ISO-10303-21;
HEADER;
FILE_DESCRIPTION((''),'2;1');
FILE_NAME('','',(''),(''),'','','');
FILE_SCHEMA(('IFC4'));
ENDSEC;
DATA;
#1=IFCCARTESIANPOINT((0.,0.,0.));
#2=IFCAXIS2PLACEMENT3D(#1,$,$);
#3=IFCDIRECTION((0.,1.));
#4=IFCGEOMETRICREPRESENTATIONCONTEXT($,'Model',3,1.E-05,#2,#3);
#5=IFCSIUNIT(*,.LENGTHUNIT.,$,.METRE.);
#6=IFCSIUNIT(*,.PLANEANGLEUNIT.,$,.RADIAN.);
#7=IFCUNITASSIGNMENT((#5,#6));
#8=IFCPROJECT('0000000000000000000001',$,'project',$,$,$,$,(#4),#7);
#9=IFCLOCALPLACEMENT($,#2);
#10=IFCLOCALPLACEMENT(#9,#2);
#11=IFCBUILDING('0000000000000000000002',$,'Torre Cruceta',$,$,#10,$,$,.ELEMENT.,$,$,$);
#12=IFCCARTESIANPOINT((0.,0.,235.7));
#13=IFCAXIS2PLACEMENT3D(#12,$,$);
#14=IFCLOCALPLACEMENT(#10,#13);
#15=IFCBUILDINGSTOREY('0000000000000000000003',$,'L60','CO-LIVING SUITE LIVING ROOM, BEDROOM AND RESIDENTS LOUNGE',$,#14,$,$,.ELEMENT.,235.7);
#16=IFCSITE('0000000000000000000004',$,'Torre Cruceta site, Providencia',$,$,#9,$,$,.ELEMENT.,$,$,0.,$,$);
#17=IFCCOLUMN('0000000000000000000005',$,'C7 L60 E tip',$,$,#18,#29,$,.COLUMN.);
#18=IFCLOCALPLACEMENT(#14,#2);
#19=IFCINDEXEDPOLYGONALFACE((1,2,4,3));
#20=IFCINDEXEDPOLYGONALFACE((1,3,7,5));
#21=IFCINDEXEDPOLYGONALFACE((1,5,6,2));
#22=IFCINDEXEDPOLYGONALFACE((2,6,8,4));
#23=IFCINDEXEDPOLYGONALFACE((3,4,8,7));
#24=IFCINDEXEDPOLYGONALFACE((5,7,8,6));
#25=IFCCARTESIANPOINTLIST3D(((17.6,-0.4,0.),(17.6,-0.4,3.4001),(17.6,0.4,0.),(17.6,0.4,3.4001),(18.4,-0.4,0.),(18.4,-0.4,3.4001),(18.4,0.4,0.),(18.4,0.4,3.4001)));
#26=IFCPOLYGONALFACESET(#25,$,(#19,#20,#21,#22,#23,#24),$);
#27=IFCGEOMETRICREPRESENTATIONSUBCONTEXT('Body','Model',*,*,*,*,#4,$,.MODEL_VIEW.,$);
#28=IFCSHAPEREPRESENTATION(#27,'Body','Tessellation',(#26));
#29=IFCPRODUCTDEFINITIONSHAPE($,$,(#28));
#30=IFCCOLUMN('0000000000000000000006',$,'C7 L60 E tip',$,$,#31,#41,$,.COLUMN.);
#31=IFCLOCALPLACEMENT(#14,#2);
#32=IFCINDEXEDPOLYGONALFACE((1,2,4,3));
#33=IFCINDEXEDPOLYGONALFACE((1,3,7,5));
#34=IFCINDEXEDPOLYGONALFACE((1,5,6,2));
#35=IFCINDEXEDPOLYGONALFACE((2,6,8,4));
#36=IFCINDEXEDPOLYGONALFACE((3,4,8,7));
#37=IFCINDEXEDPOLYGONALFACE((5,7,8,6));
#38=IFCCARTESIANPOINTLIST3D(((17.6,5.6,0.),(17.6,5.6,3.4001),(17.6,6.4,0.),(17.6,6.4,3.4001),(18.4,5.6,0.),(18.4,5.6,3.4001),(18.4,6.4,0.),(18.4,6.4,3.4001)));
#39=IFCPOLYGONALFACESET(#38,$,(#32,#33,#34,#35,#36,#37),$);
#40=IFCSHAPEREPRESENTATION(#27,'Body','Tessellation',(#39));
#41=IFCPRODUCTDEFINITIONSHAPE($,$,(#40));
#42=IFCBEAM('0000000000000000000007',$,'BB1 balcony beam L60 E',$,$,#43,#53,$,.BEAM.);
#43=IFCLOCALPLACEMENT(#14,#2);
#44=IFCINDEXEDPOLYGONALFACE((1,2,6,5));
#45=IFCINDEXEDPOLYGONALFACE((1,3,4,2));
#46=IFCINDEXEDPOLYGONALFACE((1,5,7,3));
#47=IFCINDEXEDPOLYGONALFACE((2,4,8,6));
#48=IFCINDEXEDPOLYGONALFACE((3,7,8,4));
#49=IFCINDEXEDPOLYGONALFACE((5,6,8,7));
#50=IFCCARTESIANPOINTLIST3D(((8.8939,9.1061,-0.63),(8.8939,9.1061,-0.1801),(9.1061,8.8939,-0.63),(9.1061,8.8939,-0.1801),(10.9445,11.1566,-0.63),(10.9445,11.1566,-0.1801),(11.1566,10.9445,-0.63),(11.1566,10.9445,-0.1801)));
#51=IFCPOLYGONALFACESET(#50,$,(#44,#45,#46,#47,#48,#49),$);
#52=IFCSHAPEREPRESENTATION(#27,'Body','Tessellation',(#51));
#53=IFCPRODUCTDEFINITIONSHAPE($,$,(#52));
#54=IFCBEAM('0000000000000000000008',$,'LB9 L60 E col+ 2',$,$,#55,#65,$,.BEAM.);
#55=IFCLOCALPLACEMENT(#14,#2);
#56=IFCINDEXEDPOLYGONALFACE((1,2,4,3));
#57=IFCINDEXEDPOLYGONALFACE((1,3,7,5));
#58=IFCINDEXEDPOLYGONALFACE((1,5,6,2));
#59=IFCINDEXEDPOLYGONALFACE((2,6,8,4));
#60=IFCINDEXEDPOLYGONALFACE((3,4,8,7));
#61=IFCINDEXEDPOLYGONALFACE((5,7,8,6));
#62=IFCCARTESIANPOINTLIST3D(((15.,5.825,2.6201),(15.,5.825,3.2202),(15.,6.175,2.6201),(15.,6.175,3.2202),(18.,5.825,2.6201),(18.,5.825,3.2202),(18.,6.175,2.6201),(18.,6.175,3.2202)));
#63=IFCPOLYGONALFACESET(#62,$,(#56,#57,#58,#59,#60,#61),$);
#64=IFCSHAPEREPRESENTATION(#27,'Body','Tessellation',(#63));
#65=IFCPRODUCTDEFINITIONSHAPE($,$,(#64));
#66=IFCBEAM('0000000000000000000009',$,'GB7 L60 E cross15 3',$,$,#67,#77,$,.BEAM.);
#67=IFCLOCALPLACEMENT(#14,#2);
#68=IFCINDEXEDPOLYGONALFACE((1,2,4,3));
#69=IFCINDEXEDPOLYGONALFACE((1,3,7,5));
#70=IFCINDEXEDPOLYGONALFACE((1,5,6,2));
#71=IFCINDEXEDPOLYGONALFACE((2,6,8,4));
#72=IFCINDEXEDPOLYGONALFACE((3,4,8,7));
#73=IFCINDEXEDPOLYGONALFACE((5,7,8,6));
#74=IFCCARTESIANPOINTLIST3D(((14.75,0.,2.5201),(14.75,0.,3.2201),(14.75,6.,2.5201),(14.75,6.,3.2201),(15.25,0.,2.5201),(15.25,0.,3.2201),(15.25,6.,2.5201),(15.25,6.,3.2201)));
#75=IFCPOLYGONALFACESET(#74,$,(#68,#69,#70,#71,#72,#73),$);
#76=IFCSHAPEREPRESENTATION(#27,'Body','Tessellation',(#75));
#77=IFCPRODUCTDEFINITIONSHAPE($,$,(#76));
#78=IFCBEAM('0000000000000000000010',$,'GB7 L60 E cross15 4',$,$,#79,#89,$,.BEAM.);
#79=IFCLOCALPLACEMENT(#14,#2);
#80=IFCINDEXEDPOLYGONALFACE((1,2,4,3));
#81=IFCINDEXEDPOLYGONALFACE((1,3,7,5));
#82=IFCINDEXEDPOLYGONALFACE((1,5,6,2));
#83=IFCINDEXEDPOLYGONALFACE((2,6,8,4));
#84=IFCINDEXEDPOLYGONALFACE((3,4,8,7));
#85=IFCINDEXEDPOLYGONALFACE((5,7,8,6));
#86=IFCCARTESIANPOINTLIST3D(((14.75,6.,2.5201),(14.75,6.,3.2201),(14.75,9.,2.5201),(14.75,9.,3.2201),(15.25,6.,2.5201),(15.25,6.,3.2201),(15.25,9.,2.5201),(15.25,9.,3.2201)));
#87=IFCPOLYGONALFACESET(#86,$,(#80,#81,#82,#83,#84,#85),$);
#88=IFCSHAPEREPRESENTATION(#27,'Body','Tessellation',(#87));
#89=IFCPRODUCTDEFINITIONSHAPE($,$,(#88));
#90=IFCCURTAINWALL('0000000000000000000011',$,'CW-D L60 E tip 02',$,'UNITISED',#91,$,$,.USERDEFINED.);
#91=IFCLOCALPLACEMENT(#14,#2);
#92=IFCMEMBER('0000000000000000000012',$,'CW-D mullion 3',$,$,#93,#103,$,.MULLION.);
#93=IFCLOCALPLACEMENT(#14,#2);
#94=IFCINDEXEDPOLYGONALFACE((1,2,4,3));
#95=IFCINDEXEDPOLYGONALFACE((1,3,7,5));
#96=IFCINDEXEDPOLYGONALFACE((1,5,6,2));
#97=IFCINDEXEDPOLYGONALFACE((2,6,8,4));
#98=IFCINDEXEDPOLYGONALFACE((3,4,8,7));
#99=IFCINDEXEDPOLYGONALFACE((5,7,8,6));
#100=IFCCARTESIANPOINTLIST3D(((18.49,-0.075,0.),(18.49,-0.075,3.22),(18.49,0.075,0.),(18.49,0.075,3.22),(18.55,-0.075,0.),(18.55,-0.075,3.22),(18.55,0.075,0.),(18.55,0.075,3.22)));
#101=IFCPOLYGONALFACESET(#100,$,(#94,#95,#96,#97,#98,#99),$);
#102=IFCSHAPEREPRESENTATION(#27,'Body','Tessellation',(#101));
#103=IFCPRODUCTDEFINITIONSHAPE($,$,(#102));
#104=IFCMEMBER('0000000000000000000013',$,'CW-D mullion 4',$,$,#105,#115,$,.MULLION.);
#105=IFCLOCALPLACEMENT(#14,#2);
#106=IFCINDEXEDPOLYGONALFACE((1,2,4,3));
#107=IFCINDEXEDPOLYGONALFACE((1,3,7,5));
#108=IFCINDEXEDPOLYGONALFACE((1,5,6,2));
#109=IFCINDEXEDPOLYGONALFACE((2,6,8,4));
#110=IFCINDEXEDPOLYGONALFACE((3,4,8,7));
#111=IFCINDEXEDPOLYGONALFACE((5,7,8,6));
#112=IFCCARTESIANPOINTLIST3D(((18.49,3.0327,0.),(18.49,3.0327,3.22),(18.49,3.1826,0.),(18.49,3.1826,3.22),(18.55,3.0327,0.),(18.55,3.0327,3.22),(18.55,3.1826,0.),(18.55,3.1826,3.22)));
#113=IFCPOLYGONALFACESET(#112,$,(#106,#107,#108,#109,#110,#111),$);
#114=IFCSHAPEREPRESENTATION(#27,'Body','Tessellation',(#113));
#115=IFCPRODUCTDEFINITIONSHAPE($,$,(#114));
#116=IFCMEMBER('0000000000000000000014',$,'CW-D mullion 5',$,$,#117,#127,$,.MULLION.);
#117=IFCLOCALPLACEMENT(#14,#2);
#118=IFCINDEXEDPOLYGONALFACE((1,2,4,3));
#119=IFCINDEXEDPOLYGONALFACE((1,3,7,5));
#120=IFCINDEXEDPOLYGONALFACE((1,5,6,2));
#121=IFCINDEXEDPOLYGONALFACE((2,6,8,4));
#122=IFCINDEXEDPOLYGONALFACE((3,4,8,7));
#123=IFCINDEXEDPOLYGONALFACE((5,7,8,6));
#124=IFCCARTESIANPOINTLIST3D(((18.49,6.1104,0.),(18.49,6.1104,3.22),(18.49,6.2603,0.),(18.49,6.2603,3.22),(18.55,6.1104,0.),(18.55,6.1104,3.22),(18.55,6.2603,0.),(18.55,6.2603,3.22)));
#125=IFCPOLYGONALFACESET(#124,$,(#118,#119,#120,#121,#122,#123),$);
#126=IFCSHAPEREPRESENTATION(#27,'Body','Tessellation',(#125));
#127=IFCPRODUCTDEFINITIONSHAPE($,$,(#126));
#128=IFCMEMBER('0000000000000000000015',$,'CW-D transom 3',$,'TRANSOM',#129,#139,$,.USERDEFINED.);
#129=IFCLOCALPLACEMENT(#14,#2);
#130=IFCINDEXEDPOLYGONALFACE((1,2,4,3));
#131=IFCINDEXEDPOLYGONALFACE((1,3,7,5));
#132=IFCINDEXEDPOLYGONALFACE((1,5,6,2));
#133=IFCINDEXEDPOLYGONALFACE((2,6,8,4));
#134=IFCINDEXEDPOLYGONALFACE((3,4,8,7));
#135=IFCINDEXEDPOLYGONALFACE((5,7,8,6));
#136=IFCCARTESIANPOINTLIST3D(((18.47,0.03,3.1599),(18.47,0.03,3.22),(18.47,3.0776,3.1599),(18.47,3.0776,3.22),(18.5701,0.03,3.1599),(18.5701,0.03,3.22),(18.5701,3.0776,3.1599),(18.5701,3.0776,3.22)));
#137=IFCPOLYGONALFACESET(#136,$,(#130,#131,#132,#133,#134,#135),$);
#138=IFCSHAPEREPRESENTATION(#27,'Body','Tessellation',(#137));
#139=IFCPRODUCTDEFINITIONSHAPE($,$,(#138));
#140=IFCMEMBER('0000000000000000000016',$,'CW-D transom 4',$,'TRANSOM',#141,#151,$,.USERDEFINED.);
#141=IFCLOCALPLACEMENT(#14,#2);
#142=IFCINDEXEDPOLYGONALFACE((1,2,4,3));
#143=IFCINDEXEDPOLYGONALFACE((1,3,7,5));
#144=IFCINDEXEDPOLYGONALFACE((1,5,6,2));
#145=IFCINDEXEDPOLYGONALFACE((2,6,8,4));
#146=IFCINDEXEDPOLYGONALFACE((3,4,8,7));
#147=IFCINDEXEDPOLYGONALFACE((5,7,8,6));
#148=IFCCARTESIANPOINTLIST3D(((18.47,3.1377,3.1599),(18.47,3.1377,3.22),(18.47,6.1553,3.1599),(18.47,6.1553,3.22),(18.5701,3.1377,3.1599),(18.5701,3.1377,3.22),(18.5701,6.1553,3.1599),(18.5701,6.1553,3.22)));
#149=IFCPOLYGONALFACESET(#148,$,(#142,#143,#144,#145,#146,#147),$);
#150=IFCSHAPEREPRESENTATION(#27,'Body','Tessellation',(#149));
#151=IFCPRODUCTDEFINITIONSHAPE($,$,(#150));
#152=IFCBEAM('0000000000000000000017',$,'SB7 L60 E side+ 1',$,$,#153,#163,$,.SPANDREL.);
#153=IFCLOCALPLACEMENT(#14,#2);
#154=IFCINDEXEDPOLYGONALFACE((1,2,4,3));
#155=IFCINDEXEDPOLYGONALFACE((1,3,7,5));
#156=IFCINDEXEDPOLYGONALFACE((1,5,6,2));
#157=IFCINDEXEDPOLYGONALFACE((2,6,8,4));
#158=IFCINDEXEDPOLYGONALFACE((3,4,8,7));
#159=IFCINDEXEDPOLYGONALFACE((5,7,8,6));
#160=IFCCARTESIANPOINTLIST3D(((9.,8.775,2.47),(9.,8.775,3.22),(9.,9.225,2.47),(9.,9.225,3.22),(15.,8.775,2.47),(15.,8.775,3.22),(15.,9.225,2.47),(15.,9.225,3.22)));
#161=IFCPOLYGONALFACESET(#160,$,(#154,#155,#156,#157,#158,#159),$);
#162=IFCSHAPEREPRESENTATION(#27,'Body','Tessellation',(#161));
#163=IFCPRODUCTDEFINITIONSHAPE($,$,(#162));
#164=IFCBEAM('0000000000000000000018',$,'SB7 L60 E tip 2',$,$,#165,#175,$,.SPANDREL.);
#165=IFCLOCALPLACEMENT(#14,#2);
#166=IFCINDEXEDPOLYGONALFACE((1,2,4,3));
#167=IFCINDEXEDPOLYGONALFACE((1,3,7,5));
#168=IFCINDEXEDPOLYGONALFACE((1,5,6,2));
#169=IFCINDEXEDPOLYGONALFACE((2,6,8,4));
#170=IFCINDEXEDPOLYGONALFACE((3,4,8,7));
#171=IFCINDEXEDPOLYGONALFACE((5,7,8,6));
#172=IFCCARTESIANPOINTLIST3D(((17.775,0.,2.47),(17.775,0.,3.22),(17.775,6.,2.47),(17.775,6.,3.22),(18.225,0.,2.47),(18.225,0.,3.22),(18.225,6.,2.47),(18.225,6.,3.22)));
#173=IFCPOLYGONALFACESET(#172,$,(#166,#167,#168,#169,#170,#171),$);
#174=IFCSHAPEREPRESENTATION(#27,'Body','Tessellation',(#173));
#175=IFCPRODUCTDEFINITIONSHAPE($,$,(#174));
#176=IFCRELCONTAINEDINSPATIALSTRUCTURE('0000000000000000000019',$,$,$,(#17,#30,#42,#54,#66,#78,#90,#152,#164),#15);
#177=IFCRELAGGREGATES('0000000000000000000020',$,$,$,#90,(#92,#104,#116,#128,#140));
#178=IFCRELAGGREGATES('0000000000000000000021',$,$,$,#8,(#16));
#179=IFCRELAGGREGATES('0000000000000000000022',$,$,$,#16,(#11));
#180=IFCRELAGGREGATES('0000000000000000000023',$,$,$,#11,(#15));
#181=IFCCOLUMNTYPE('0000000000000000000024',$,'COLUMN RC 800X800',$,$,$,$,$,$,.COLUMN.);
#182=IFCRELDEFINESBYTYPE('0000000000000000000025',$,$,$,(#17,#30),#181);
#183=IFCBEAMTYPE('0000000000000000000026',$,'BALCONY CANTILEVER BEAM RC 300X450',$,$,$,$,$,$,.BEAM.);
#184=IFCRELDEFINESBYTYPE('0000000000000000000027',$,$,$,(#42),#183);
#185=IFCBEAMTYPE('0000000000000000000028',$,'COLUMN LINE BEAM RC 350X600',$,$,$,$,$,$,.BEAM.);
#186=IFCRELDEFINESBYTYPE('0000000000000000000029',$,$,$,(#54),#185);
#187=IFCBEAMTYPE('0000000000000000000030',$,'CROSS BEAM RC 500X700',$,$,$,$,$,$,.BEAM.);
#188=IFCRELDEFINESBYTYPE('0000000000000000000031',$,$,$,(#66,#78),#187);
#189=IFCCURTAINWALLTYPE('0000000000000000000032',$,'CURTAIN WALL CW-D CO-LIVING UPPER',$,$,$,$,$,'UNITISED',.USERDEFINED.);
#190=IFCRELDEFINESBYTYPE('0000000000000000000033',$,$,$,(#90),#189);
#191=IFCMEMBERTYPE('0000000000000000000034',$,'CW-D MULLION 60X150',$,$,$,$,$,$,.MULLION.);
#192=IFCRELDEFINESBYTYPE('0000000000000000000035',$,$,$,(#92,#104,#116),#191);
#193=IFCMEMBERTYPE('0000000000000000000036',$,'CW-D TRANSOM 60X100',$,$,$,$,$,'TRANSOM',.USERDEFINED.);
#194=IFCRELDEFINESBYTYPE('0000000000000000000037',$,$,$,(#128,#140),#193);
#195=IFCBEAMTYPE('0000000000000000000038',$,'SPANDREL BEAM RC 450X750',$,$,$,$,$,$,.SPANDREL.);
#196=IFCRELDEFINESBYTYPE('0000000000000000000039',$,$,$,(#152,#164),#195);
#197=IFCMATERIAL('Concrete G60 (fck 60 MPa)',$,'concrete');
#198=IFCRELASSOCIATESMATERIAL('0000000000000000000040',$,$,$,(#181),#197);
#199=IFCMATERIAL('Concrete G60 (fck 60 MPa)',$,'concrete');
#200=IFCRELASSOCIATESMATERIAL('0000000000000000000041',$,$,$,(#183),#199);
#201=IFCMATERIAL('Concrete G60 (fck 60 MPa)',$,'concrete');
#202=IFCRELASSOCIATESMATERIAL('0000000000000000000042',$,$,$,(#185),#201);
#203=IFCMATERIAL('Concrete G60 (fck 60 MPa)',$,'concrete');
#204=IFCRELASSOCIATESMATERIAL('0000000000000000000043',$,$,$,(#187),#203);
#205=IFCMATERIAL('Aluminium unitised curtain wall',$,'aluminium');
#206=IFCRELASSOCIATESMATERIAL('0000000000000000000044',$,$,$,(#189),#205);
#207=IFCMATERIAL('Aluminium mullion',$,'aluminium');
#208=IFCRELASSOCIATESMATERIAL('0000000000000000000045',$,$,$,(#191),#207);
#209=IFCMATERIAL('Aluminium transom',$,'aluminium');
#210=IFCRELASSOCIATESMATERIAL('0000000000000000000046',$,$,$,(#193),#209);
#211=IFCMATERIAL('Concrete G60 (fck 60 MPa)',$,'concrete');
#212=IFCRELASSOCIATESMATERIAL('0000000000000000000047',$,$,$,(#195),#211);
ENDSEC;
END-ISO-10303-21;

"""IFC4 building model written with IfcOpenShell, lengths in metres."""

from ifc_helpers import new_model, si_unit, direction, frame, origin, origin_2d, place, context, subcontext, project, spatial, rectangle, extrude, material, material_profile, profile_set, type_object, element, aggregate, save


model = new_model("IFC4")

# Units and contexts
model_context = context("Model", 3, precision=1e-05, world=origin(), true_north=direction((0.0, 1.0)))
body_context = subcontext(model_context, "Body", "Model", "MODEL_VIEW")
ifc_project = project(units=[si_unit("LENGTHUNIT", "METRE"), si_unit("PLANEANGLEUNIT", "RADIAN")], contexts=[model_context])

# Site, building, storey
site_placement = place(None, origin())
site = spatial("IfcSite", under=ifc_project, at=site_placement, Name="Torre Cruceta site, Providencia", CompositionType="ELEMENT", RefElevation=0.0)
building_placement = place(site_placement, origin())
building = spatial("IfcBuilding", under=site, at=building_placement, Name="Torre Cruceta", CompositionType="ELEMENT")
storey_placement = place(building_placement, frame((0.0, 0.0, 235.7)))
storey = spatial("IfcBuildingStorey", under=building, at=storey_placement, Name="L60", Description="CO-LIVING SUITE LIVING ROOM, BEDROOM AND RESIDENTS LOUNGE", CompositionType="ELEMENT", Elevation=235.7)

# Columns
ifc_material_1 = material(Name="Concrete G60 (fck 60 MPa)", Category="concrete")
ifc_material_profile_1 = material_profile(ifc_material_1, rectangle(XDim=0.8, YDim=0.8, at=origin_2d()), Name="RC 800X800")
ifc_profile_set_1 = profile_set([ifc_material_profile_1], Name="Concrete G60 (fck 60 MPa)")
column_type = type_object("IfcColumnType", Name="COLUMN RC 800X800", PredefinedType="COLUMN", material=ifc_profile_set_1)
for number, where, z_axis, x_axis, name in (
    (1, (18.0, 0.0, 0.0), (0.0, 0.0, 1.0), (1.0, 0.0, 0.0), "C7 L60 E tip"),
    (2, (18.0, 6.0, 0.0), (0.0, 0.0, 1.0), (1.0, 0.0, 0.0), "C7 L60 E tip"),
):
    element("IfcColumn", number, at=place(storey_placement, frame(where, z_axis=z_axis, x_axis=x_axis)), inside=storey, type_object=column_type, Name=name, PredefinedType="COLUMN", context=body_context, shape_type="SweptSolid", body=[
        extrude(rectangle(XDim=0.8, YDim=0.8, at=origin_2d()), origin(), (0.0, 0.0, 1.0), 3.4001),
    ])

# Beams
ifc_material_2 = material(Name="Concrete G60 (fck 60 MPa)", Category="concrete")
ifc_material_profile_2 = material_profile(ifc_material_2, rectangle(XDim=0.3, YDim=0.45, at=origin_2d()), Name="RC 300X450")
ifc_profile_set_2 = profile_set([ifc_material_profile_2], Name="Concrete G60 (fck 60 MPa)")
beam_type_1 = type_object("IfcBeamType", Name="BALCONY CANTILEVER BEAM RC 300X450", PredefinedType="BEAM", material=ifc_profile_set_2)
beam_1_placement = place(storey_placement, frame((9.0, 9.0, -0.405), z_axis=(0.707107, 0.707107, 0.0), x_axis=(-0.707107, 0.707107, 0.0)))
element("IfcBeam", 3, at=beam_1_placement, inside=storey, type_object=beam_type_1, Name="BB1 balcony beam L60 E", PredefinedType="BEAM", context=body_context, shape_type="SweptSolid", body=[
    extrude(rectangle(XDim=0.3, YDim=0.45, at=origin_2d()), origin(), (0.0, 0.0, 1.0), 2.8999),
])
ifc_material_3 = material(Name="Concrete G60 (fck 60 MPa)", Category="concrete")
ifc_material_profile_3 = material_profile(ifc_material_3, rectangle(XDim=0.3501, YDim=0.6001, at=origin_2d()), Name="RC 350X600")
ifc_profile_set_3 = profile_set([ifc_material_profile_3], Name="Concrete G60 (fck 60 MPa)")
beam_type_2 = type_object("IfcBeamType", Name="COLUMN LINE BEAM RC 350X600", PredefinedType="BEAM", material=ifc_profile_set_3)
beam_2_placement = place(storey_placement, frame((15.0, 6.0, 2.9202), z_axis=(1.0, 0.0, 0.0), x_axis=(0.0, 1.0, 0.0)))
element("IfcBeam", 4, at=beam_2_placement, inside=storey, type_object=beam_type_2, Name="LB9 L60 E col+ 2", PredefinedType="BEAM", context=body_context, shape_type="SweptSolid", body=[
    extrude(rectangle(XDim=0.3501, YDim=0.6001, at=origin_2d()), origin(), (0.0, 0.0, 1.0), 3.0),
])
ifc_material_4 = material(Name="Concrete G60 (fck 60 MPa)", Category="concrete")
ifc_material_profile_4 = material_profile(ifc_material_4, rectangle(XDim=0.5, YDim=0.7, at=origin_2d()), Name="RC 500X700")
ifc_profile_set_4 = profile_set([ifc_material_profile_4], Name="Concrete G60 (fck 60 MPa)")
beam_type_3 = type_object("IfcBeamType", Name="CROSS BEAM RC 500X700", PredefinedType="BEAM", material=ifc_profile_set_4)
beam_3_placement = place(storey_placement, frame((15.0, 0.0, 2.8701), z_axis=(0.0, 1.0, 0.0), x_axis=(-1.0, 0.0, 0.0)))
element("IfcBeam", 5, at=beam_3_placement, inside=storey, type_object=beam_type_3, Name="GB7 L60 E cross15 3", PredefinedType="BEAM", context=body_context, shape_type="SweptSolid", body=[
    extrude(rectangle(XDim=0.5, YDim=0.7, at=origin_2d()), origin(), (0.0, 0.0, 1.0), 6.0),
])
beam_4_placement = place(storey_placement, frame((15.0, 6.0, 2.8701), z_axis=(0.0, 1.0, 0.0), x_axis=(-1.0, 0.0, 0.0)))
element("IfcBeam", 6, at=beam_4_placement, inside=storey, type_object=beam_type_3, Name="GB7 L60 E cross15 4", PredefinedType="BEAM", context=body_context, shape_type="SweptSolid", body=[
    extrude(rectangle(XDim=0.5, YDim=0.7, at=origin_2d()), origin(), (0.0, 0.0, 1.0), 3.0),
])

# Curtain wall, members
ifc_material_5 = material(Name="Aluminium unitised curtain wall", Category="aluminium")
curtain_wall_type = type_object("IfcCurtainWallType", Name="CURTAIN WALL CW-D CO-LIVING UPPER", ElementType="UNITISED", PredefinedType="USERDEFINED", material=ifc_material_5)
curtain_wall_placement = place(storey_placement, origin())
curtain_wall = element("IfcCurtainWall", 7, at=curtain_wall_placement, inside=storey, type_object=curtain_wall_type, Name="CW-D L60 E tip 02", ObjectType="UNITISED", PredefinedType="USERDEFINED")
ifc_material_6 = material(Name="Aluminium mullion", Category="aluminium")
ifc_material_profile_5 = material_profile(ifc_material_6, rectangle(XDim=0.0601, YDim=0.1499, at=origin_2d()), Name="AL 60X150")
ifc_profile_set_5 = profile_set([ifc_material_profile_5], Name="Aluminium mullion")
member_type_1 = type_object("IfcMemberType", Name="CW-D MULLION 60X150", PredefinedType="MULLION", material=ifc_profile_set_5)
member_1_placement = place(storey_placement, frame((18.52, 0.0, 0.0), z_axis=(0.0, 0.0, 1.0), x_axis=(-1.0, 0.0, 0.0)))
member_1 = element("IfcMember", 8, at=member_1_placement, type_object=member_type_1, Name="CW-D mullion 3", PredefinedType="MULLION", context=body_context, shape_type="SweptSolid", body=[
    extrude(rectangle(XDim=0.0601, YDim=0.1499, at=origin_2d()), origin(), (0.0, 0.0, 1.0), 3.22),
])
member_2_placement = place(storey_placement, frame((18.52, 3.1077, 0.0), z_axis=(0.0, 0.0, 1.0), x_axis=(-1.0, 0.0, 0.0)))
member_2 = element("IfcMember", 9, at=member_2_placement, type_object=member_type_1, Name="CW-D mullion 4", PredefinedType="MULLION", context=body_context, shape_type="SweptSolid", body=[
    extrude(rectangle(XDim=0.0601, YDim=0.1499, at=origin_2d()), origin(), (0.0, 0.0, 1.0), 3.22),
])
member_3_placement = place(storey_placement, frame((18.52, 6.1853, 0.0), z_axis=(0.0, 0.0, 1.0), x_axis=(-1.0, 0.0, 0.0)))
member_3 = element("IfcMember", 10, at=member_3_placement, type_object=member_type_1, Name="CW-D mullion 5", PredefinedType="MULLION", context=body_context, shape_type="SweptSolid", body=[
    extrude(rectangle(XDim=0.0601, YDim=0.1499, at=origin_2d()), origin(), (0.0, 0.0, 1.0), 3.22),
])
ifc_material_7 = material(Name="Aluminium transom", Category="aluminium")
ifc_material_profile_6 = material_profile(ifc_material_7, rectangle(XDim=0.1001, YDim=0.0601, at=origin_2d()), Name="AL 100X60")
ifc_profile_set_6 = profile_set([ifc_material_profile_6], Name="Aluminium transom")
member_type_2 = type_object("IfcMemberType", Name="CW-D TRANSOM 60X100", ElementType="TRANSOM", PredefinedType="USERDEFINED", material=ifc_profile_set_6)
member_4_placement = place(storey_placement, frame((18.52, 0.03, 3.1899), z_axis=(0.0, 1.0, 0.0), x_axis=(-1.0, 0.0, 0.0)))
member_4 = element("IfcMember", 11, at=member_4_placement, type_object=member_type_2, Name="CW-D transom 3", ObjectType="TRANSOM", PredefinedType="USERDEFINED", context=body_context, shape_type="SweptSolid", body=[
    extrude(rectangle(XDim=0.1001, YDim=0.0601, at=origin_2d()), origin(), (0.0, 0.0, 1.0), 3.0476),
])
member_5_placement = place(storey_placement, frame((18.52, 3.1377, 3.1899), z_axis=(0.0, 1.0, 0.0), x_axis=(-1.0, 0.0, 0.0)))
member_5 = element("IfcMember", 12, at=member_5_placement, type_object=member_type_2, Name="CW-D transom 4", ObjectType="TRANSOM", PredefinedType="USERDEFINED", context=body_context, shape_type="SweptSolid", body=[
    extrude(rectangle(XDim=0.1001, YDim=0.0601, at=origin_2d()), origin(), (0.0, 0.0, 1.0), 3.0176),
])

# Beams
ifc_material_8 = material(Name="Concrete G60 (fck 60 MPa)", Category="concrete")
ifc_material_profile_7 = material_profile(ifc_material_8, rectangle(XDim=0.45, YDim=0.75, at=origin_2d()), Name="RC 450X750")
ifc_profile_set_7 = profile_set([ifc_material_profile_7], Name="Concrete G60 (fck 60 MPa)")
beam_type_4 = type_object("IfcBeamType", Name="SPANDREL BEAM RC 450X750", PredefinedType="SPANDREL", material=ifc_profile_set_7)
for number, where, z_axis, x_axis, name in (
    (13, (9.0, 9.0, 2.845), (1.0, 0.0, 0.0), (0.0, 1.0, 0.0), "SB7 L60 E side+ 1"),
    (14, (18.0, 0.0, 2.845), (0.0, 1.0, 0.0), (-1.0, 0.0, 0.0), "SB7 L60 E tip 2"),
):
    element("IfcBeam", number, at=place(storey_placement, frame(where, z_axis=z_axis, x_axis=x_axis)), inside=storey, type_object=beam_type_4, Name=name, PredefinedType="SPANDREL", context=body_context, shape_type="SweptSolid", body=[
        extrude(rectangle(XDim=0.45, YDim=0.75, at=origin_2d()), origin(), (0.0, 0.0, 1.0), 6.0),
    ])

aggregate(curtain_wall, [member_1, member_2, member_3, member_4, member_5])

save(model, "model.ifc")
